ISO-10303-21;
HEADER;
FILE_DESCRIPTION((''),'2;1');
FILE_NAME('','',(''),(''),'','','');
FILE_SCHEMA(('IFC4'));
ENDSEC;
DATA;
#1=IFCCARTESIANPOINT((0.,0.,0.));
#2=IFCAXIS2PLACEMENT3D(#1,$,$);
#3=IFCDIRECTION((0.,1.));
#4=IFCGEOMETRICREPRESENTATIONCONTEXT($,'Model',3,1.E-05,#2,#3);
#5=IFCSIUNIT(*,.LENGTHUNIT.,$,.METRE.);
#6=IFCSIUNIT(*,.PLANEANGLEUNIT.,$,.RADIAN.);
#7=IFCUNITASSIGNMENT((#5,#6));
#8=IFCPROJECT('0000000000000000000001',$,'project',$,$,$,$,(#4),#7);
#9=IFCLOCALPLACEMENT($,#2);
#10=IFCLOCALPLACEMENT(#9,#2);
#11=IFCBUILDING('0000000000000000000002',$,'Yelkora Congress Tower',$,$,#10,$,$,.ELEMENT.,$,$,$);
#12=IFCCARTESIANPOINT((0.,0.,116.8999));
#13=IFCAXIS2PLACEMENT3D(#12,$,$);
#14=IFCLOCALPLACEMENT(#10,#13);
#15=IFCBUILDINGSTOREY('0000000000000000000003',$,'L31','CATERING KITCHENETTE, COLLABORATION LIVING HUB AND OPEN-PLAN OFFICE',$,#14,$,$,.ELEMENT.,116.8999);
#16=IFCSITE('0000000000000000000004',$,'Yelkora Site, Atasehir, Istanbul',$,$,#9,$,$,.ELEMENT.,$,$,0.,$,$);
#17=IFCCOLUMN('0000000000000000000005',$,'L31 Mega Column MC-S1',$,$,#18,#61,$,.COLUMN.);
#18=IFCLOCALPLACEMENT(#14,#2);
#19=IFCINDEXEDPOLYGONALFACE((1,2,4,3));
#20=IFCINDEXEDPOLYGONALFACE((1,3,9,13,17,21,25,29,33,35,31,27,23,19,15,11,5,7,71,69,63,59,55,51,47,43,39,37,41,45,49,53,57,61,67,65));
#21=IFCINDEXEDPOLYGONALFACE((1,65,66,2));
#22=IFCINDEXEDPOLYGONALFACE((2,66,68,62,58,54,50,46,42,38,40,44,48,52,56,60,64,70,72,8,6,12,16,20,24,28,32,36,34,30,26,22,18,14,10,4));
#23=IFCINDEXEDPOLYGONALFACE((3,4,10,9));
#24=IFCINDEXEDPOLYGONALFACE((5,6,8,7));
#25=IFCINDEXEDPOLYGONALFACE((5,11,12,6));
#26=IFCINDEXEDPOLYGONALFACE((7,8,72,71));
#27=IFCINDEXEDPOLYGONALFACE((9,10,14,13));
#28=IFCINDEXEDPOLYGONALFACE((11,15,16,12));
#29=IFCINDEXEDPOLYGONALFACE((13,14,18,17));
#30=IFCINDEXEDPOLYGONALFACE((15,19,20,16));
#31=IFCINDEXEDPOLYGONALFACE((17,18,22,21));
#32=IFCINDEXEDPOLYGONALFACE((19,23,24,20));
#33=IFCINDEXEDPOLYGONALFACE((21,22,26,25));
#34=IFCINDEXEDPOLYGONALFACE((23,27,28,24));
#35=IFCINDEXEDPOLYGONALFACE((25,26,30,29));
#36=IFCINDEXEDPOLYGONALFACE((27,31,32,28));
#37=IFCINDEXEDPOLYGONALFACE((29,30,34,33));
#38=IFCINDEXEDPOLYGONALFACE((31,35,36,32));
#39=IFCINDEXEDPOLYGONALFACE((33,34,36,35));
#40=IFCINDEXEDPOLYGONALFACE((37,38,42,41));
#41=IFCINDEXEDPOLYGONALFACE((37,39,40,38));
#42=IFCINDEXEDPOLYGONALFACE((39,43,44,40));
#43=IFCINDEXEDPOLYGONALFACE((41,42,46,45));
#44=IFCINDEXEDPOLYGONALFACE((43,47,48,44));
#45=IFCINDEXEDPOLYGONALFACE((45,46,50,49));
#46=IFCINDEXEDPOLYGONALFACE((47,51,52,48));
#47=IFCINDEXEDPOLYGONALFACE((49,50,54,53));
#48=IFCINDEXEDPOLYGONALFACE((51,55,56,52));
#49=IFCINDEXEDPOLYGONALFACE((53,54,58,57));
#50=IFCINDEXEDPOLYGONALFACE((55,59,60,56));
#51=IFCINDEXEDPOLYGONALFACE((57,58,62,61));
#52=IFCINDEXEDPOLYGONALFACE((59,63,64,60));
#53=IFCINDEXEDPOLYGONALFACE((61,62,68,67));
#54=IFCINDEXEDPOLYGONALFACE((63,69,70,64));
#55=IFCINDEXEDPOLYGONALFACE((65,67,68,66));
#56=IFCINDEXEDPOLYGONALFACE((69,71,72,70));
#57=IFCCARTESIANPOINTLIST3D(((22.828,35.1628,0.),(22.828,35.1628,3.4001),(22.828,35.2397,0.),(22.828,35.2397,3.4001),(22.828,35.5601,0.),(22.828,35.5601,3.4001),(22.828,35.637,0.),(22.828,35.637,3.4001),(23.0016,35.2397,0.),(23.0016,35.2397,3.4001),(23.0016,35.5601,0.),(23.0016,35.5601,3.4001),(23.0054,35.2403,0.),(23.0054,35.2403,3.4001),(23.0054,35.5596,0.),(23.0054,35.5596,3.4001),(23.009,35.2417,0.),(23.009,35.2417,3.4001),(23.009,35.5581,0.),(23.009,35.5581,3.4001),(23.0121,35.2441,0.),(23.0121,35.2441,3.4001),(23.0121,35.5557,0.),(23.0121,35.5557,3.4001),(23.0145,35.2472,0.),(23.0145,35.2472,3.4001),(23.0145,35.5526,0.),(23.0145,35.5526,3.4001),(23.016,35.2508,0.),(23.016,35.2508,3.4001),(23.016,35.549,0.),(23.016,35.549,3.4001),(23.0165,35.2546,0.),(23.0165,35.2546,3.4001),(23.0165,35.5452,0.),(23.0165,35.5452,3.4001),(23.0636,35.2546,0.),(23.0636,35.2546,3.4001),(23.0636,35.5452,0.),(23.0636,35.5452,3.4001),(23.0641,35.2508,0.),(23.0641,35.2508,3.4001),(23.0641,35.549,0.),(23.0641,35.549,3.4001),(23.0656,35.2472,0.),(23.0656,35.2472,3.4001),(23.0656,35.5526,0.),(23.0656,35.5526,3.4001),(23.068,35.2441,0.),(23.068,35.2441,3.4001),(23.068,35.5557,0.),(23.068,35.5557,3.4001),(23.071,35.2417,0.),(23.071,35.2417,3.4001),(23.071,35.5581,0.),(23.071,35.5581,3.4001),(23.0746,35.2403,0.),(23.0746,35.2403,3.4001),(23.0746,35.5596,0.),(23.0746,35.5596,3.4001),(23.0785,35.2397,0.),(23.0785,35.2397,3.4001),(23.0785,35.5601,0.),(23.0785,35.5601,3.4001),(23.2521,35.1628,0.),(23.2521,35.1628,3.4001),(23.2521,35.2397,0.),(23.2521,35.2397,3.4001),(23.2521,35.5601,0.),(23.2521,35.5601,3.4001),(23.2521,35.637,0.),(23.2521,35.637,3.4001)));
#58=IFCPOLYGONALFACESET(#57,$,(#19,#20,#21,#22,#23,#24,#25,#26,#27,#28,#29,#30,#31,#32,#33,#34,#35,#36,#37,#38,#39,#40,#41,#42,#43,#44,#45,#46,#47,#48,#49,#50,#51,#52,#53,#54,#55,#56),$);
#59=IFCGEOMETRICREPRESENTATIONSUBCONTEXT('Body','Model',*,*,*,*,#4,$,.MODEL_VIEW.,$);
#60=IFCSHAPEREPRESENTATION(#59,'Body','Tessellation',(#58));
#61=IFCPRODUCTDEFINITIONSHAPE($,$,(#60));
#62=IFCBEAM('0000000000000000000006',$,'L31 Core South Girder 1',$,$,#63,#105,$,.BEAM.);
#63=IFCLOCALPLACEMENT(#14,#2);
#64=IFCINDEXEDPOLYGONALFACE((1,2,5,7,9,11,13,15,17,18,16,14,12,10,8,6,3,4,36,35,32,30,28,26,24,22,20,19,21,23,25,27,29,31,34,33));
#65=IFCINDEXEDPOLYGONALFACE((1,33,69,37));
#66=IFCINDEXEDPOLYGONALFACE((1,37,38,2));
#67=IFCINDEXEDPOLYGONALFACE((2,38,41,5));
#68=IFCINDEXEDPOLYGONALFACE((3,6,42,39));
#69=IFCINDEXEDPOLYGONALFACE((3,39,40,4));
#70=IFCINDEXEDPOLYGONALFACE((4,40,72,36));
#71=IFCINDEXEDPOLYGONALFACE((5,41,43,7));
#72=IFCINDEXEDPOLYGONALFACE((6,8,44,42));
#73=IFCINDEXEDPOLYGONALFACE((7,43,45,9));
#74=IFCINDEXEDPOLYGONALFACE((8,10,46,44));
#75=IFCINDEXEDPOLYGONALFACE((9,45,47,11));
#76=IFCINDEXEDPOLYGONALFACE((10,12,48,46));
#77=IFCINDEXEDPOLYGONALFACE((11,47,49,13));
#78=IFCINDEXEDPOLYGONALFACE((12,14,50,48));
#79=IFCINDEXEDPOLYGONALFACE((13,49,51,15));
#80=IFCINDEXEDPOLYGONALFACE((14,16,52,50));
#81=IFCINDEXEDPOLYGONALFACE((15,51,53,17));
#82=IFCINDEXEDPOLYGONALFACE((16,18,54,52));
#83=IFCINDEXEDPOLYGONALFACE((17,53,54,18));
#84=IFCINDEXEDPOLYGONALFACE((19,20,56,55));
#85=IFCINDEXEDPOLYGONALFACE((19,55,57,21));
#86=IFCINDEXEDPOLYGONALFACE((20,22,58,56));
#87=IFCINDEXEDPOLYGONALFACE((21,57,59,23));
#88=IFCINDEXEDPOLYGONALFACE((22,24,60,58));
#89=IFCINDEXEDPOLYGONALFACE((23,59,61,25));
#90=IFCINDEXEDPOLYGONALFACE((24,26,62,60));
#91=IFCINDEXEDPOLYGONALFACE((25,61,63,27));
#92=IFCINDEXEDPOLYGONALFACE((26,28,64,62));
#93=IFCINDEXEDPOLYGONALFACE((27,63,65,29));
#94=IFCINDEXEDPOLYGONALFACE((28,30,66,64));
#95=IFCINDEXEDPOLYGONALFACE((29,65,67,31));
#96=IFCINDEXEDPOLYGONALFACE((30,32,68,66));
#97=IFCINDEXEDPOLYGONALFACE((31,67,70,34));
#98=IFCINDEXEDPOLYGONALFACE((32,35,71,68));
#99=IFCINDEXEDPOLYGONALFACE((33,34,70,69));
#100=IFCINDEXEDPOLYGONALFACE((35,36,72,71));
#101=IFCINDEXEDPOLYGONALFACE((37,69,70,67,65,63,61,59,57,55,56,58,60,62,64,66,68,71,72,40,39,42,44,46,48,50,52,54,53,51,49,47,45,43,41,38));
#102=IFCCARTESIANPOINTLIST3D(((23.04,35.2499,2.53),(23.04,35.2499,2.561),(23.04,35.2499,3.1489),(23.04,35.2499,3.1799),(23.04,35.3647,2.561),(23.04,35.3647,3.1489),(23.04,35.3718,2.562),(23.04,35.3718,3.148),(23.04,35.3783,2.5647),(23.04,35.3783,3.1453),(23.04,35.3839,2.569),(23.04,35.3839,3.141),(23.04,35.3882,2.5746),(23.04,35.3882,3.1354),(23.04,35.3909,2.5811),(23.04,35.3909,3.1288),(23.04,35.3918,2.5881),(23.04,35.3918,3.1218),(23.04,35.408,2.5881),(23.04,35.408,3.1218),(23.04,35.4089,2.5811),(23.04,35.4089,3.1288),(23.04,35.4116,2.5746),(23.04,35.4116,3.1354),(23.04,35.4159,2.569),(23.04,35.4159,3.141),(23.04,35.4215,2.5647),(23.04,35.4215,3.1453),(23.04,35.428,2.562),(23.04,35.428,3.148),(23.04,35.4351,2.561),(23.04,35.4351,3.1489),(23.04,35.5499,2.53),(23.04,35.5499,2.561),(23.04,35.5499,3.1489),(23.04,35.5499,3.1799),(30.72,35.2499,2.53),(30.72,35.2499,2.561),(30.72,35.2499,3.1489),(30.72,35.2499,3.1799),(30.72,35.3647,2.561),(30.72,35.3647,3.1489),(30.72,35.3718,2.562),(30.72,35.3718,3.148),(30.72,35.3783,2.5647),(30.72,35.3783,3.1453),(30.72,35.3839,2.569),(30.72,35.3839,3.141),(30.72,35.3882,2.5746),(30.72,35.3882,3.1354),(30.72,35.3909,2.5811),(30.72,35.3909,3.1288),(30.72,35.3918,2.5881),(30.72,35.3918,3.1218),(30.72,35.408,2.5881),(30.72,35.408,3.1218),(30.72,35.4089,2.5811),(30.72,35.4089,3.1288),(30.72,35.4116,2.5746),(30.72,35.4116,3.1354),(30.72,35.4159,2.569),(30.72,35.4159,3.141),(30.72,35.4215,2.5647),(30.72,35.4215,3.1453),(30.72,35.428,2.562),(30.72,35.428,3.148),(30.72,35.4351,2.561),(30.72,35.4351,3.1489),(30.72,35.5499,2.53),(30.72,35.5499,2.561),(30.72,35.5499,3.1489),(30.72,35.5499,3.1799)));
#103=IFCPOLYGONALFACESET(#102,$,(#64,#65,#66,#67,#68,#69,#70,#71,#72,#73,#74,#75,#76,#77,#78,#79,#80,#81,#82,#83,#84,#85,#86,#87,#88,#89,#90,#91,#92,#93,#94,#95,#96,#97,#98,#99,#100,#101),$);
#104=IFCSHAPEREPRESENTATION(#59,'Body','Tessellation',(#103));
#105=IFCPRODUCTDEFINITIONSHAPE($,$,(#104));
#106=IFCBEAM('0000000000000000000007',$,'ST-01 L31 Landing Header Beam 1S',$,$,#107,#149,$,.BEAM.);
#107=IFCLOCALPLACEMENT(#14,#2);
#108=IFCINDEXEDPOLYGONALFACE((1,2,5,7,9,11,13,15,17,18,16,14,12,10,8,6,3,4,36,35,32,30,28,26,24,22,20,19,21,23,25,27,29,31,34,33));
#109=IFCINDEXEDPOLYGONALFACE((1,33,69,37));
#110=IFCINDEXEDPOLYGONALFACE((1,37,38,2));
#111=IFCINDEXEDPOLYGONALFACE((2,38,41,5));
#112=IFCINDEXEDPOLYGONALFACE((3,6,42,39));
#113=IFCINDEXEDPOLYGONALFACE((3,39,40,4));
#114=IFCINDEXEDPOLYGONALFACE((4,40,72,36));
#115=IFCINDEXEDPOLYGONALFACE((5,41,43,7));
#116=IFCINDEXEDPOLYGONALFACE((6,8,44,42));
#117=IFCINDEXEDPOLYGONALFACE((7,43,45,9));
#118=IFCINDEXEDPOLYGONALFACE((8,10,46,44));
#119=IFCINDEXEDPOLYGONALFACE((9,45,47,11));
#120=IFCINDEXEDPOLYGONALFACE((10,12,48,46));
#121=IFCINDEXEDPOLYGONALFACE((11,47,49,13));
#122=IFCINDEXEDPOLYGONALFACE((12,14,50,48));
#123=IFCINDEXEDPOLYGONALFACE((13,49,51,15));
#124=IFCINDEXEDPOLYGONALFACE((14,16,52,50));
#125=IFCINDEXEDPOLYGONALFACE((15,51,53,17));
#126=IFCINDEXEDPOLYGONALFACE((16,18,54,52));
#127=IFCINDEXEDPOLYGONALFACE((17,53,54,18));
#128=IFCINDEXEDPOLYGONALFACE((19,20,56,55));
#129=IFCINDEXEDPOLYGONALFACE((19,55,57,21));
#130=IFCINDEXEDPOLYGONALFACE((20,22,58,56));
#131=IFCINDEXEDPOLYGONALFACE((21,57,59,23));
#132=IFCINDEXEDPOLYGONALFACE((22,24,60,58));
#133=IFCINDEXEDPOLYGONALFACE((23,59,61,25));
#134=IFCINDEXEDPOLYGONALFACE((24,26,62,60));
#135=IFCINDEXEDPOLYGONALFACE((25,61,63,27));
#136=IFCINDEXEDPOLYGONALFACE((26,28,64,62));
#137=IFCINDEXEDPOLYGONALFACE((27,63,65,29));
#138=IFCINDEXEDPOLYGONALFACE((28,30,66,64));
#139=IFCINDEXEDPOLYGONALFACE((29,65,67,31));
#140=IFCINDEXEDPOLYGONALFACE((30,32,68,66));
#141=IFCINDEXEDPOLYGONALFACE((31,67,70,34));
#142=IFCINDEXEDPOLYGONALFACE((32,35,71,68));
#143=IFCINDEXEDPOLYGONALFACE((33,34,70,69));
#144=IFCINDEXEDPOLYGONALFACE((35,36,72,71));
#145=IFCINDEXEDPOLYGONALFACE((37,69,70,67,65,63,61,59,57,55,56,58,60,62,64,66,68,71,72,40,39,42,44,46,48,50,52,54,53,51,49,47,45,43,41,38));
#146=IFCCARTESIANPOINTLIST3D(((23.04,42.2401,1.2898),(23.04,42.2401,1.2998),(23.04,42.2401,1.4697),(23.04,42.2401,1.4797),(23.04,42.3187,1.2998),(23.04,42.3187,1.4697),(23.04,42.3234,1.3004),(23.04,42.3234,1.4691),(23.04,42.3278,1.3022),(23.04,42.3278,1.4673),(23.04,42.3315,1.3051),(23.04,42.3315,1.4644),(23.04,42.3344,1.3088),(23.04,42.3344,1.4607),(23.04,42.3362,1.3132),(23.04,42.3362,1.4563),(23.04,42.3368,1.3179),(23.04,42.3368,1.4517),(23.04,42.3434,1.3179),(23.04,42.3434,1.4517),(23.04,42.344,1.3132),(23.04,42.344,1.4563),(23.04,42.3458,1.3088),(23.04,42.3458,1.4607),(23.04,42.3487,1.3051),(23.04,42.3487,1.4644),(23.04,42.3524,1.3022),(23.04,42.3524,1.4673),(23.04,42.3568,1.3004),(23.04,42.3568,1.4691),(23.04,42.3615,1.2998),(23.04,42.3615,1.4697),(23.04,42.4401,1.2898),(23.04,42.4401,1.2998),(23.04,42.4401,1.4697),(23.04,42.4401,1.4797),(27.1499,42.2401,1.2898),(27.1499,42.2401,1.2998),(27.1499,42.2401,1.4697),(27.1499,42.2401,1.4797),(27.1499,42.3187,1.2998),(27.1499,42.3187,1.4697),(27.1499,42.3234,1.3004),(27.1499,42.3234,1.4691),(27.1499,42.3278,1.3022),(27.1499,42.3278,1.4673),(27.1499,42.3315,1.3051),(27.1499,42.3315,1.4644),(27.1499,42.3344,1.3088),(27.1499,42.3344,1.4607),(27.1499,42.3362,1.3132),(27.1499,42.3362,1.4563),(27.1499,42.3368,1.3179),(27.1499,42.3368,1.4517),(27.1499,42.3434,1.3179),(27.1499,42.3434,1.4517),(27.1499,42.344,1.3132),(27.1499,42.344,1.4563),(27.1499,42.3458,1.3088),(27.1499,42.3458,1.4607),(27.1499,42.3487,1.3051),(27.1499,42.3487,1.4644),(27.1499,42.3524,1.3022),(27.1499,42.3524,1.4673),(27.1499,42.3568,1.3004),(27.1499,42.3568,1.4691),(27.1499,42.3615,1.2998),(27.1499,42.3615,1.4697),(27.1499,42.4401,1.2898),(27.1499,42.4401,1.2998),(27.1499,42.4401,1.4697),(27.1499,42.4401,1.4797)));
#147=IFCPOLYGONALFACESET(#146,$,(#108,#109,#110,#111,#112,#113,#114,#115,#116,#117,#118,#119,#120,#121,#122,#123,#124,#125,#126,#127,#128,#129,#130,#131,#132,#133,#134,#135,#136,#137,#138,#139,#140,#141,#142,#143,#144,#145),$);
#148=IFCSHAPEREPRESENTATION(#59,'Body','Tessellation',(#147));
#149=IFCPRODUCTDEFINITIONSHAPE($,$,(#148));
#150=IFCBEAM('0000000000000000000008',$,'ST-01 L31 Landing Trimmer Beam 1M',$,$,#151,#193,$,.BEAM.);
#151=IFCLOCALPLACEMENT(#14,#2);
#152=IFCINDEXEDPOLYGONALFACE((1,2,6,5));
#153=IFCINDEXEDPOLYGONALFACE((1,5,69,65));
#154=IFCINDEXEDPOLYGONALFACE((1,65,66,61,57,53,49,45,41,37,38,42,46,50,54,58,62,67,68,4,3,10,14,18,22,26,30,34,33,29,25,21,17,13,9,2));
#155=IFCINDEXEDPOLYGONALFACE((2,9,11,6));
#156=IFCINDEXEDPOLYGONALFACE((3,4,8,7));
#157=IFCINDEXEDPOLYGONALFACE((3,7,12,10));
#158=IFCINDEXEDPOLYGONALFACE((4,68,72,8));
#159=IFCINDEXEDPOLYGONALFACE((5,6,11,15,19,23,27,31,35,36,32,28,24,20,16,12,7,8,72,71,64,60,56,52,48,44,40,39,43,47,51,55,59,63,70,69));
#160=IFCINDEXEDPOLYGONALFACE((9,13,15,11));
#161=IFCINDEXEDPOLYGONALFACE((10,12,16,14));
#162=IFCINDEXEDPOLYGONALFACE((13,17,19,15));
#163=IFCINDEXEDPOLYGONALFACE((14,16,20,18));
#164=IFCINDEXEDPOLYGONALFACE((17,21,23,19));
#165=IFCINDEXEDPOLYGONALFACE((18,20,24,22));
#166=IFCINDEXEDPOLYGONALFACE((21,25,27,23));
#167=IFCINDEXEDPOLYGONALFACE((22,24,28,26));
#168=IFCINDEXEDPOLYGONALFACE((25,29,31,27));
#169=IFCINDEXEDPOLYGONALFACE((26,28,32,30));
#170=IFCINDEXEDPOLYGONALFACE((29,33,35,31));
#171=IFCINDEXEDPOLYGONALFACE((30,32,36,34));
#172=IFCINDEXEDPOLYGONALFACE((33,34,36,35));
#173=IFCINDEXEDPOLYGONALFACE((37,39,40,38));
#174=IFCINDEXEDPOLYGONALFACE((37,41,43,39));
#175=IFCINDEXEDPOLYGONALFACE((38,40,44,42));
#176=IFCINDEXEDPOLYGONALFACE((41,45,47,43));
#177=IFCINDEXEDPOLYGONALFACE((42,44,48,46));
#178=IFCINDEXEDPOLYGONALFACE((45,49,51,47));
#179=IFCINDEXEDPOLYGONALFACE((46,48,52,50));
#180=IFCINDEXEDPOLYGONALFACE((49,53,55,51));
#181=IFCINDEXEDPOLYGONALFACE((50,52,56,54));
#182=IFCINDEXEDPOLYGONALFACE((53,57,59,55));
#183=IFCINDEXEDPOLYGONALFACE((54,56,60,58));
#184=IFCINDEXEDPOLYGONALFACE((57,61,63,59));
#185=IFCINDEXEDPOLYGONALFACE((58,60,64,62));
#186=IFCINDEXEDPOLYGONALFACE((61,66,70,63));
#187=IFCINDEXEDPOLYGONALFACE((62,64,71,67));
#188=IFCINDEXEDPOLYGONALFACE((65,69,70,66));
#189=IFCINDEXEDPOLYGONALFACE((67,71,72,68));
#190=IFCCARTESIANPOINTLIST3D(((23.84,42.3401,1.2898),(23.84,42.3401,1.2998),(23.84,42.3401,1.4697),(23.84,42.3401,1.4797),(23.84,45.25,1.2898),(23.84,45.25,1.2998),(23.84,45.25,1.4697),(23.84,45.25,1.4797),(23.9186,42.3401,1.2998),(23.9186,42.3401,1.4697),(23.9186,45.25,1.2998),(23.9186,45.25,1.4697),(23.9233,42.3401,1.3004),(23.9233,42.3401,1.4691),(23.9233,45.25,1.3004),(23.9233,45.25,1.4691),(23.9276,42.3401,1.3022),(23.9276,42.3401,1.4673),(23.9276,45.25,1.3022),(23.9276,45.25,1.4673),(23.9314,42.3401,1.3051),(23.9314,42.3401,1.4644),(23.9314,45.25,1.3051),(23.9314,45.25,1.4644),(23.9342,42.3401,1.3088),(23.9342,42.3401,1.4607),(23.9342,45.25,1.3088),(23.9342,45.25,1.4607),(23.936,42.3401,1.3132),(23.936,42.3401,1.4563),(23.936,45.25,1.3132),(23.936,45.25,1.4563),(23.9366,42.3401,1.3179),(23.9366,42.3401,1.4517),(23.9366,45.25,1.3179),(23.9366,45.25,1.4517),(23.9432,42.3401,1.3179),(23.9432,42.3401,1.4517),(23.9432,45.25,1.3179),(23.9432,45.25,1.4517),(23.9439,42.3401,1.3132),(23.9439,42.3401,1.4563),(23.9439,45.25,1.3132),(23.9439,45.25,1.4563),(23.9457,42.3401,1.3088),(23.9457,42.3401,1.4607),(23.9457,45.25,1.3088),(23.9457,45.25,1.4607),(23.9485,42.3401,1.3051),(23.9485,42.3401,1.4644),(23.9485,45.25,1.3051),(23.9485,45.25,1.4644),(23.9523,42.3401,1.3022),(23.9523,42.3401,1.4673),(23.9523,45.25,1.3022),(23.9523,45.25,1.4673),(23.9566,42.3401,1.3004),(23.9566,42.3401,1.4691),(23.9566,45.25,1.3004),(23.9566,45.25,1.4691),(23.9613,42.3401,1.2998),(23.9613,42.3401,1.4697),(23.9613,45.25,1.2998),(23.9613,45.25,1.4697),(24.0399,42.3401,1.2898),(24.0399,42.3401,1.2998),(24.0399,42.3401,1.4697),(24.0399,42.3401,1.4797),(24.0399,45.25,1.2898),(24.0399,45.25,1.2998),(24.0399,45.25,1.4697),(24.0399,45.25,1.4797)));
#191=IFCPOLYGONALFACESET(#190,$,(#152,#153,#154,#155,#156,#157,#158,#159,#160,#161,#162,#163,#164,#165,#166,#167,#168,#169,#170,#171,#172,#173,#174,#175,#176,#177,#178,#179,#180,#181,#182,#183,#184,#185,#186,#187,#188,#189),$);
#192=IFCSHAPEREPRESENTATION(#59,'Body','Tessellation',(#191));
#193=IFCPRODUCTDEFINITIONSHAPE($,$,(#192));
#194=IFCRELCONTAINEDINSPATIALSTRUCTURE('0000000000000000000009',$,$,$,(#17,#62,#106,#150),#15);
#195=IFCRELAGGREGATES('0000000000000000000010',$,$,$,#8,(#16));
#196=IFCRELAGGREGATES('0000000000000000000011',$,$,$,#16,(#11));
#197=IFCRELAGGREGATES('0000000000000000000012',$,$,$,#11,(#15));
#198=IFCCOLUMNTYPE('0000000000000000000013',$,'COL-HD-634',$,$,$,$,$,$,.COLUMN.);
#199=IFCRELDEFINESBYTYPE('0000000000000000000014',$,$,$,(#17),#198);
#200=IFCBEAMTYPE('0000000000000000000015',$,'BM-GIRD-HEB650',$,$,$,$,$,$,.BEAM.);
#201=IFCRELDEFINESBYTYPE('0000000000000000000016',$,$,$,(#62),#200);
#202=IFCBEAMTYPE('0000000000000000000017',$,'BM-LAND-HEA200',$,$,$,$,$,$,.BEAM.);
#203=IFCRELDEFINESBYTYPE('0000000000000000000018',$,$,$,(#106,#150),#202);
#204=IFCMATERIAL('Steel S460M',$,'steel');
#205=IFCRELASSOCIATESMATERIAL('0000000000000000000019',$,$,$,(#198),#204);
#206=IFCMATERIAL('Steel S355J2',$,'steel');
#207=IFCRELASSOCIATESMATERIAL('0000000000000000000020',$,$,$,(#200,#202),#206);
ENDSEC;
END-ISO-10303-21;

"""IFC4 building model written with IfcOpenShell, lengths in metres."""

from ifc_helpers import new_model, si_unit, direction, frame, origin, origin_2d, place, context, subcontext, project, spatial, i_section, extrude, material, material_profile, profile_set, type_object, element, save


model = new_model("IFC4")

# Units and contexts
model_context = context("Model", 3, precision=1e-05, world=origin(), true_north=direction((0.0, 1.0)))
body_context = subcontext(model_context, "Body", "Model", "MODEL_VIEW")
ifc_project = project(units=[si_unit("LENGTHUNIT", "METRE"), si_unit("PLANEANGLEUNIT", "RADIAN")], contexts=[model_context])

# Site, building, storey
site_placement = place(None, origin())
site = spatial("IfcSite", under=ifc_project, at=site_placement, Name="Yelkora Site, Atasehir, Istanbul", CompositionType="ELEMENT", RefElevation=0.0)
building_placement = place(site_placement, origin())
building = spatial("IfcBuilding", under=site, at=building_placement, Name="Yelkora Congress Tower", CompositionType="ELEMENT")
storey_placement = place(building_placement, frame((0.0, 0.0, 116.8999)))
storey = spatial("IfcBuildingStorey", under=building, at=storey_placement, Name="L31", Description="CATERING KITCHENETTE, COLLABORATION LIVING HUB AND OPEN-PLAN OFFICE", CompositionType="ELEMENT", Elevation=116.8999)

# Column
ifc_material_1 = material(Name="Steel S460M", Category="steel")
ifc_material_profile_1 = material_profile(ifc_material_1, i_section(OverallWidth=0.4241, OverallDepth=0.4741, WebThickness=0.0471, FlangeThickness=0.0769, FilletRadius=0.0149, at=origin_2d()), Name="HD 400x634")
ifc_profile_set_1 = profile_set([ifc_material_profile_1], Name="Steel S460M")
column_type = type_object("IfcColumnType", Name="COL-HD-634", PredefinedType="COLUMN", material=ifc_profile_set_1)
column_placement = place(storey_placement, frame((23.04, 35.3999, 0.0), z_axis=(0.0, 0.0, 1.0), x_axis=(1.0, 0.0, 0.0)))
element("IfcColumn", 1, at=column_placement, inside=storey, type_object=column_type, Name="L31 Mega Column MC-S1", PredefinedType="COLUMN", context=body_context, shape_type="SweptSolid", body=[
    extrude(i_section(OverallWidth=0.4241, OverallDepth=0.4741, WebThickness=0.0471, FlangeThickness=0.0769, FilletRadius=0.0149, at=origin_2d()), origin(), (0.0, 0.0, 1.0), 3.4001),
])

# Beams
ifc_material_2 = material(Name="Steel S355J2", Category="steel")
ifc_material_profile_2 = material_profile(ifc_material_2, i_section(OverallWidth=0.3, OverallDepth=0.6499, WebThickness=0.0161, FlangeThickness=0.031, FilletRadius=0.0271, at=origin_2d()), Name="HEB 650")
ifc_profile_set_2 = profile_set([ifc_material_profile_2], Name="Steel S355J2")
beam_type_1 = type_object("IfcBeamType", Name="BM-GIRD-HEB650", PredefinedType="BEAM", material=ifc_profile_set_2)
beam_1_placement = place(storey_placement, frame((23.04, 35.3999, 2.855), z_axis=(1.0, 0.0, 0.0), x_axis=(0.0, 1.0, 0.0)))
element("IfcBeam", 2, at=beam_1_placement, inside=storey, type_object=beam_type_1, Name="L31 Core South Girder 1", PredefinedType="BEAM", context=body_context, shape_type="SweptSolid", body=[
    extrude(i_section(OverallWidth=0.3, OverallDepth=0.6499, WebThickness=0.0161, FlangeThickness=0.031, FilletRadius=0.0271, at=origin_2d()), origin(), (0.0, 0.0, 1.0), 7.6799),
])
ifc_material_profile_3 = material_profile(ifc_material_2, i_section(OverallWidth=0.2, OverallDepth=0.1899, WebThickness=0.0066, FlangeThickness=0.01, FilletRadius=0.0181, at=origin_2d()), Name="HEA 200")
ifc_profile_set_3 = profile_set([ifc_material_profile_3], Name="Steel S355J2")
beam_type_2 = type_object("IfcBeamType", Name="BM-LAND-HEA200", PredefinedType="BEAM", material=ifc_profile_set_3)
beam_2_placement = place(storey_placement, frame((23.04, 42.3401, 1.3848), z_axis=(1.0, 0.0, 0.0), x_axis=(0.0, 1.0, 0.0)))
element("IfcBeam", 3, at=beam_2_placement, inside=storey, type_object=beam_type_2, Name="ST-01 L31 Landing Header Beam 1S", PredefinedType="BEAM", context=body_context, shape_type="SweptSolid", body=[
    extrude(i_section(OverallWidth=0.2, OverallDepth=0.1899, WebThickness=0.0066, FlangeThickness=0.01, FilletRadius=0.0181, at=origin_2d()), origin(), (0.0, 0.0, 1.0), 4.1099),
])
beam_3_placement = place(storey_placement, frame((23.9399, 42.3401, 1.3848), z_axis=(0.0, 1.0, 0.0), x_axis=(-1.0, 0.0, 0.0)))
element("IfcBeam", 4, at=beam_3_placement, inside=storey, type_object=beam_type_2, Name="ST-01 L31 Landing Trimmer Beam 1M", PredefinedType="BEAM", context=body_context, shape_type="SweptSolid", body=[
    extrude(i_section(OverallWidth=0.2, OverallDepth=0.1899, WebThickness=0.0066, FlangeThickness=0.01, FilletRadius=0.0181, at=origin_2d()), origin(), (0.0, 0.0, 1.0), 2.9099),
])

save(model, "model.ifc")
